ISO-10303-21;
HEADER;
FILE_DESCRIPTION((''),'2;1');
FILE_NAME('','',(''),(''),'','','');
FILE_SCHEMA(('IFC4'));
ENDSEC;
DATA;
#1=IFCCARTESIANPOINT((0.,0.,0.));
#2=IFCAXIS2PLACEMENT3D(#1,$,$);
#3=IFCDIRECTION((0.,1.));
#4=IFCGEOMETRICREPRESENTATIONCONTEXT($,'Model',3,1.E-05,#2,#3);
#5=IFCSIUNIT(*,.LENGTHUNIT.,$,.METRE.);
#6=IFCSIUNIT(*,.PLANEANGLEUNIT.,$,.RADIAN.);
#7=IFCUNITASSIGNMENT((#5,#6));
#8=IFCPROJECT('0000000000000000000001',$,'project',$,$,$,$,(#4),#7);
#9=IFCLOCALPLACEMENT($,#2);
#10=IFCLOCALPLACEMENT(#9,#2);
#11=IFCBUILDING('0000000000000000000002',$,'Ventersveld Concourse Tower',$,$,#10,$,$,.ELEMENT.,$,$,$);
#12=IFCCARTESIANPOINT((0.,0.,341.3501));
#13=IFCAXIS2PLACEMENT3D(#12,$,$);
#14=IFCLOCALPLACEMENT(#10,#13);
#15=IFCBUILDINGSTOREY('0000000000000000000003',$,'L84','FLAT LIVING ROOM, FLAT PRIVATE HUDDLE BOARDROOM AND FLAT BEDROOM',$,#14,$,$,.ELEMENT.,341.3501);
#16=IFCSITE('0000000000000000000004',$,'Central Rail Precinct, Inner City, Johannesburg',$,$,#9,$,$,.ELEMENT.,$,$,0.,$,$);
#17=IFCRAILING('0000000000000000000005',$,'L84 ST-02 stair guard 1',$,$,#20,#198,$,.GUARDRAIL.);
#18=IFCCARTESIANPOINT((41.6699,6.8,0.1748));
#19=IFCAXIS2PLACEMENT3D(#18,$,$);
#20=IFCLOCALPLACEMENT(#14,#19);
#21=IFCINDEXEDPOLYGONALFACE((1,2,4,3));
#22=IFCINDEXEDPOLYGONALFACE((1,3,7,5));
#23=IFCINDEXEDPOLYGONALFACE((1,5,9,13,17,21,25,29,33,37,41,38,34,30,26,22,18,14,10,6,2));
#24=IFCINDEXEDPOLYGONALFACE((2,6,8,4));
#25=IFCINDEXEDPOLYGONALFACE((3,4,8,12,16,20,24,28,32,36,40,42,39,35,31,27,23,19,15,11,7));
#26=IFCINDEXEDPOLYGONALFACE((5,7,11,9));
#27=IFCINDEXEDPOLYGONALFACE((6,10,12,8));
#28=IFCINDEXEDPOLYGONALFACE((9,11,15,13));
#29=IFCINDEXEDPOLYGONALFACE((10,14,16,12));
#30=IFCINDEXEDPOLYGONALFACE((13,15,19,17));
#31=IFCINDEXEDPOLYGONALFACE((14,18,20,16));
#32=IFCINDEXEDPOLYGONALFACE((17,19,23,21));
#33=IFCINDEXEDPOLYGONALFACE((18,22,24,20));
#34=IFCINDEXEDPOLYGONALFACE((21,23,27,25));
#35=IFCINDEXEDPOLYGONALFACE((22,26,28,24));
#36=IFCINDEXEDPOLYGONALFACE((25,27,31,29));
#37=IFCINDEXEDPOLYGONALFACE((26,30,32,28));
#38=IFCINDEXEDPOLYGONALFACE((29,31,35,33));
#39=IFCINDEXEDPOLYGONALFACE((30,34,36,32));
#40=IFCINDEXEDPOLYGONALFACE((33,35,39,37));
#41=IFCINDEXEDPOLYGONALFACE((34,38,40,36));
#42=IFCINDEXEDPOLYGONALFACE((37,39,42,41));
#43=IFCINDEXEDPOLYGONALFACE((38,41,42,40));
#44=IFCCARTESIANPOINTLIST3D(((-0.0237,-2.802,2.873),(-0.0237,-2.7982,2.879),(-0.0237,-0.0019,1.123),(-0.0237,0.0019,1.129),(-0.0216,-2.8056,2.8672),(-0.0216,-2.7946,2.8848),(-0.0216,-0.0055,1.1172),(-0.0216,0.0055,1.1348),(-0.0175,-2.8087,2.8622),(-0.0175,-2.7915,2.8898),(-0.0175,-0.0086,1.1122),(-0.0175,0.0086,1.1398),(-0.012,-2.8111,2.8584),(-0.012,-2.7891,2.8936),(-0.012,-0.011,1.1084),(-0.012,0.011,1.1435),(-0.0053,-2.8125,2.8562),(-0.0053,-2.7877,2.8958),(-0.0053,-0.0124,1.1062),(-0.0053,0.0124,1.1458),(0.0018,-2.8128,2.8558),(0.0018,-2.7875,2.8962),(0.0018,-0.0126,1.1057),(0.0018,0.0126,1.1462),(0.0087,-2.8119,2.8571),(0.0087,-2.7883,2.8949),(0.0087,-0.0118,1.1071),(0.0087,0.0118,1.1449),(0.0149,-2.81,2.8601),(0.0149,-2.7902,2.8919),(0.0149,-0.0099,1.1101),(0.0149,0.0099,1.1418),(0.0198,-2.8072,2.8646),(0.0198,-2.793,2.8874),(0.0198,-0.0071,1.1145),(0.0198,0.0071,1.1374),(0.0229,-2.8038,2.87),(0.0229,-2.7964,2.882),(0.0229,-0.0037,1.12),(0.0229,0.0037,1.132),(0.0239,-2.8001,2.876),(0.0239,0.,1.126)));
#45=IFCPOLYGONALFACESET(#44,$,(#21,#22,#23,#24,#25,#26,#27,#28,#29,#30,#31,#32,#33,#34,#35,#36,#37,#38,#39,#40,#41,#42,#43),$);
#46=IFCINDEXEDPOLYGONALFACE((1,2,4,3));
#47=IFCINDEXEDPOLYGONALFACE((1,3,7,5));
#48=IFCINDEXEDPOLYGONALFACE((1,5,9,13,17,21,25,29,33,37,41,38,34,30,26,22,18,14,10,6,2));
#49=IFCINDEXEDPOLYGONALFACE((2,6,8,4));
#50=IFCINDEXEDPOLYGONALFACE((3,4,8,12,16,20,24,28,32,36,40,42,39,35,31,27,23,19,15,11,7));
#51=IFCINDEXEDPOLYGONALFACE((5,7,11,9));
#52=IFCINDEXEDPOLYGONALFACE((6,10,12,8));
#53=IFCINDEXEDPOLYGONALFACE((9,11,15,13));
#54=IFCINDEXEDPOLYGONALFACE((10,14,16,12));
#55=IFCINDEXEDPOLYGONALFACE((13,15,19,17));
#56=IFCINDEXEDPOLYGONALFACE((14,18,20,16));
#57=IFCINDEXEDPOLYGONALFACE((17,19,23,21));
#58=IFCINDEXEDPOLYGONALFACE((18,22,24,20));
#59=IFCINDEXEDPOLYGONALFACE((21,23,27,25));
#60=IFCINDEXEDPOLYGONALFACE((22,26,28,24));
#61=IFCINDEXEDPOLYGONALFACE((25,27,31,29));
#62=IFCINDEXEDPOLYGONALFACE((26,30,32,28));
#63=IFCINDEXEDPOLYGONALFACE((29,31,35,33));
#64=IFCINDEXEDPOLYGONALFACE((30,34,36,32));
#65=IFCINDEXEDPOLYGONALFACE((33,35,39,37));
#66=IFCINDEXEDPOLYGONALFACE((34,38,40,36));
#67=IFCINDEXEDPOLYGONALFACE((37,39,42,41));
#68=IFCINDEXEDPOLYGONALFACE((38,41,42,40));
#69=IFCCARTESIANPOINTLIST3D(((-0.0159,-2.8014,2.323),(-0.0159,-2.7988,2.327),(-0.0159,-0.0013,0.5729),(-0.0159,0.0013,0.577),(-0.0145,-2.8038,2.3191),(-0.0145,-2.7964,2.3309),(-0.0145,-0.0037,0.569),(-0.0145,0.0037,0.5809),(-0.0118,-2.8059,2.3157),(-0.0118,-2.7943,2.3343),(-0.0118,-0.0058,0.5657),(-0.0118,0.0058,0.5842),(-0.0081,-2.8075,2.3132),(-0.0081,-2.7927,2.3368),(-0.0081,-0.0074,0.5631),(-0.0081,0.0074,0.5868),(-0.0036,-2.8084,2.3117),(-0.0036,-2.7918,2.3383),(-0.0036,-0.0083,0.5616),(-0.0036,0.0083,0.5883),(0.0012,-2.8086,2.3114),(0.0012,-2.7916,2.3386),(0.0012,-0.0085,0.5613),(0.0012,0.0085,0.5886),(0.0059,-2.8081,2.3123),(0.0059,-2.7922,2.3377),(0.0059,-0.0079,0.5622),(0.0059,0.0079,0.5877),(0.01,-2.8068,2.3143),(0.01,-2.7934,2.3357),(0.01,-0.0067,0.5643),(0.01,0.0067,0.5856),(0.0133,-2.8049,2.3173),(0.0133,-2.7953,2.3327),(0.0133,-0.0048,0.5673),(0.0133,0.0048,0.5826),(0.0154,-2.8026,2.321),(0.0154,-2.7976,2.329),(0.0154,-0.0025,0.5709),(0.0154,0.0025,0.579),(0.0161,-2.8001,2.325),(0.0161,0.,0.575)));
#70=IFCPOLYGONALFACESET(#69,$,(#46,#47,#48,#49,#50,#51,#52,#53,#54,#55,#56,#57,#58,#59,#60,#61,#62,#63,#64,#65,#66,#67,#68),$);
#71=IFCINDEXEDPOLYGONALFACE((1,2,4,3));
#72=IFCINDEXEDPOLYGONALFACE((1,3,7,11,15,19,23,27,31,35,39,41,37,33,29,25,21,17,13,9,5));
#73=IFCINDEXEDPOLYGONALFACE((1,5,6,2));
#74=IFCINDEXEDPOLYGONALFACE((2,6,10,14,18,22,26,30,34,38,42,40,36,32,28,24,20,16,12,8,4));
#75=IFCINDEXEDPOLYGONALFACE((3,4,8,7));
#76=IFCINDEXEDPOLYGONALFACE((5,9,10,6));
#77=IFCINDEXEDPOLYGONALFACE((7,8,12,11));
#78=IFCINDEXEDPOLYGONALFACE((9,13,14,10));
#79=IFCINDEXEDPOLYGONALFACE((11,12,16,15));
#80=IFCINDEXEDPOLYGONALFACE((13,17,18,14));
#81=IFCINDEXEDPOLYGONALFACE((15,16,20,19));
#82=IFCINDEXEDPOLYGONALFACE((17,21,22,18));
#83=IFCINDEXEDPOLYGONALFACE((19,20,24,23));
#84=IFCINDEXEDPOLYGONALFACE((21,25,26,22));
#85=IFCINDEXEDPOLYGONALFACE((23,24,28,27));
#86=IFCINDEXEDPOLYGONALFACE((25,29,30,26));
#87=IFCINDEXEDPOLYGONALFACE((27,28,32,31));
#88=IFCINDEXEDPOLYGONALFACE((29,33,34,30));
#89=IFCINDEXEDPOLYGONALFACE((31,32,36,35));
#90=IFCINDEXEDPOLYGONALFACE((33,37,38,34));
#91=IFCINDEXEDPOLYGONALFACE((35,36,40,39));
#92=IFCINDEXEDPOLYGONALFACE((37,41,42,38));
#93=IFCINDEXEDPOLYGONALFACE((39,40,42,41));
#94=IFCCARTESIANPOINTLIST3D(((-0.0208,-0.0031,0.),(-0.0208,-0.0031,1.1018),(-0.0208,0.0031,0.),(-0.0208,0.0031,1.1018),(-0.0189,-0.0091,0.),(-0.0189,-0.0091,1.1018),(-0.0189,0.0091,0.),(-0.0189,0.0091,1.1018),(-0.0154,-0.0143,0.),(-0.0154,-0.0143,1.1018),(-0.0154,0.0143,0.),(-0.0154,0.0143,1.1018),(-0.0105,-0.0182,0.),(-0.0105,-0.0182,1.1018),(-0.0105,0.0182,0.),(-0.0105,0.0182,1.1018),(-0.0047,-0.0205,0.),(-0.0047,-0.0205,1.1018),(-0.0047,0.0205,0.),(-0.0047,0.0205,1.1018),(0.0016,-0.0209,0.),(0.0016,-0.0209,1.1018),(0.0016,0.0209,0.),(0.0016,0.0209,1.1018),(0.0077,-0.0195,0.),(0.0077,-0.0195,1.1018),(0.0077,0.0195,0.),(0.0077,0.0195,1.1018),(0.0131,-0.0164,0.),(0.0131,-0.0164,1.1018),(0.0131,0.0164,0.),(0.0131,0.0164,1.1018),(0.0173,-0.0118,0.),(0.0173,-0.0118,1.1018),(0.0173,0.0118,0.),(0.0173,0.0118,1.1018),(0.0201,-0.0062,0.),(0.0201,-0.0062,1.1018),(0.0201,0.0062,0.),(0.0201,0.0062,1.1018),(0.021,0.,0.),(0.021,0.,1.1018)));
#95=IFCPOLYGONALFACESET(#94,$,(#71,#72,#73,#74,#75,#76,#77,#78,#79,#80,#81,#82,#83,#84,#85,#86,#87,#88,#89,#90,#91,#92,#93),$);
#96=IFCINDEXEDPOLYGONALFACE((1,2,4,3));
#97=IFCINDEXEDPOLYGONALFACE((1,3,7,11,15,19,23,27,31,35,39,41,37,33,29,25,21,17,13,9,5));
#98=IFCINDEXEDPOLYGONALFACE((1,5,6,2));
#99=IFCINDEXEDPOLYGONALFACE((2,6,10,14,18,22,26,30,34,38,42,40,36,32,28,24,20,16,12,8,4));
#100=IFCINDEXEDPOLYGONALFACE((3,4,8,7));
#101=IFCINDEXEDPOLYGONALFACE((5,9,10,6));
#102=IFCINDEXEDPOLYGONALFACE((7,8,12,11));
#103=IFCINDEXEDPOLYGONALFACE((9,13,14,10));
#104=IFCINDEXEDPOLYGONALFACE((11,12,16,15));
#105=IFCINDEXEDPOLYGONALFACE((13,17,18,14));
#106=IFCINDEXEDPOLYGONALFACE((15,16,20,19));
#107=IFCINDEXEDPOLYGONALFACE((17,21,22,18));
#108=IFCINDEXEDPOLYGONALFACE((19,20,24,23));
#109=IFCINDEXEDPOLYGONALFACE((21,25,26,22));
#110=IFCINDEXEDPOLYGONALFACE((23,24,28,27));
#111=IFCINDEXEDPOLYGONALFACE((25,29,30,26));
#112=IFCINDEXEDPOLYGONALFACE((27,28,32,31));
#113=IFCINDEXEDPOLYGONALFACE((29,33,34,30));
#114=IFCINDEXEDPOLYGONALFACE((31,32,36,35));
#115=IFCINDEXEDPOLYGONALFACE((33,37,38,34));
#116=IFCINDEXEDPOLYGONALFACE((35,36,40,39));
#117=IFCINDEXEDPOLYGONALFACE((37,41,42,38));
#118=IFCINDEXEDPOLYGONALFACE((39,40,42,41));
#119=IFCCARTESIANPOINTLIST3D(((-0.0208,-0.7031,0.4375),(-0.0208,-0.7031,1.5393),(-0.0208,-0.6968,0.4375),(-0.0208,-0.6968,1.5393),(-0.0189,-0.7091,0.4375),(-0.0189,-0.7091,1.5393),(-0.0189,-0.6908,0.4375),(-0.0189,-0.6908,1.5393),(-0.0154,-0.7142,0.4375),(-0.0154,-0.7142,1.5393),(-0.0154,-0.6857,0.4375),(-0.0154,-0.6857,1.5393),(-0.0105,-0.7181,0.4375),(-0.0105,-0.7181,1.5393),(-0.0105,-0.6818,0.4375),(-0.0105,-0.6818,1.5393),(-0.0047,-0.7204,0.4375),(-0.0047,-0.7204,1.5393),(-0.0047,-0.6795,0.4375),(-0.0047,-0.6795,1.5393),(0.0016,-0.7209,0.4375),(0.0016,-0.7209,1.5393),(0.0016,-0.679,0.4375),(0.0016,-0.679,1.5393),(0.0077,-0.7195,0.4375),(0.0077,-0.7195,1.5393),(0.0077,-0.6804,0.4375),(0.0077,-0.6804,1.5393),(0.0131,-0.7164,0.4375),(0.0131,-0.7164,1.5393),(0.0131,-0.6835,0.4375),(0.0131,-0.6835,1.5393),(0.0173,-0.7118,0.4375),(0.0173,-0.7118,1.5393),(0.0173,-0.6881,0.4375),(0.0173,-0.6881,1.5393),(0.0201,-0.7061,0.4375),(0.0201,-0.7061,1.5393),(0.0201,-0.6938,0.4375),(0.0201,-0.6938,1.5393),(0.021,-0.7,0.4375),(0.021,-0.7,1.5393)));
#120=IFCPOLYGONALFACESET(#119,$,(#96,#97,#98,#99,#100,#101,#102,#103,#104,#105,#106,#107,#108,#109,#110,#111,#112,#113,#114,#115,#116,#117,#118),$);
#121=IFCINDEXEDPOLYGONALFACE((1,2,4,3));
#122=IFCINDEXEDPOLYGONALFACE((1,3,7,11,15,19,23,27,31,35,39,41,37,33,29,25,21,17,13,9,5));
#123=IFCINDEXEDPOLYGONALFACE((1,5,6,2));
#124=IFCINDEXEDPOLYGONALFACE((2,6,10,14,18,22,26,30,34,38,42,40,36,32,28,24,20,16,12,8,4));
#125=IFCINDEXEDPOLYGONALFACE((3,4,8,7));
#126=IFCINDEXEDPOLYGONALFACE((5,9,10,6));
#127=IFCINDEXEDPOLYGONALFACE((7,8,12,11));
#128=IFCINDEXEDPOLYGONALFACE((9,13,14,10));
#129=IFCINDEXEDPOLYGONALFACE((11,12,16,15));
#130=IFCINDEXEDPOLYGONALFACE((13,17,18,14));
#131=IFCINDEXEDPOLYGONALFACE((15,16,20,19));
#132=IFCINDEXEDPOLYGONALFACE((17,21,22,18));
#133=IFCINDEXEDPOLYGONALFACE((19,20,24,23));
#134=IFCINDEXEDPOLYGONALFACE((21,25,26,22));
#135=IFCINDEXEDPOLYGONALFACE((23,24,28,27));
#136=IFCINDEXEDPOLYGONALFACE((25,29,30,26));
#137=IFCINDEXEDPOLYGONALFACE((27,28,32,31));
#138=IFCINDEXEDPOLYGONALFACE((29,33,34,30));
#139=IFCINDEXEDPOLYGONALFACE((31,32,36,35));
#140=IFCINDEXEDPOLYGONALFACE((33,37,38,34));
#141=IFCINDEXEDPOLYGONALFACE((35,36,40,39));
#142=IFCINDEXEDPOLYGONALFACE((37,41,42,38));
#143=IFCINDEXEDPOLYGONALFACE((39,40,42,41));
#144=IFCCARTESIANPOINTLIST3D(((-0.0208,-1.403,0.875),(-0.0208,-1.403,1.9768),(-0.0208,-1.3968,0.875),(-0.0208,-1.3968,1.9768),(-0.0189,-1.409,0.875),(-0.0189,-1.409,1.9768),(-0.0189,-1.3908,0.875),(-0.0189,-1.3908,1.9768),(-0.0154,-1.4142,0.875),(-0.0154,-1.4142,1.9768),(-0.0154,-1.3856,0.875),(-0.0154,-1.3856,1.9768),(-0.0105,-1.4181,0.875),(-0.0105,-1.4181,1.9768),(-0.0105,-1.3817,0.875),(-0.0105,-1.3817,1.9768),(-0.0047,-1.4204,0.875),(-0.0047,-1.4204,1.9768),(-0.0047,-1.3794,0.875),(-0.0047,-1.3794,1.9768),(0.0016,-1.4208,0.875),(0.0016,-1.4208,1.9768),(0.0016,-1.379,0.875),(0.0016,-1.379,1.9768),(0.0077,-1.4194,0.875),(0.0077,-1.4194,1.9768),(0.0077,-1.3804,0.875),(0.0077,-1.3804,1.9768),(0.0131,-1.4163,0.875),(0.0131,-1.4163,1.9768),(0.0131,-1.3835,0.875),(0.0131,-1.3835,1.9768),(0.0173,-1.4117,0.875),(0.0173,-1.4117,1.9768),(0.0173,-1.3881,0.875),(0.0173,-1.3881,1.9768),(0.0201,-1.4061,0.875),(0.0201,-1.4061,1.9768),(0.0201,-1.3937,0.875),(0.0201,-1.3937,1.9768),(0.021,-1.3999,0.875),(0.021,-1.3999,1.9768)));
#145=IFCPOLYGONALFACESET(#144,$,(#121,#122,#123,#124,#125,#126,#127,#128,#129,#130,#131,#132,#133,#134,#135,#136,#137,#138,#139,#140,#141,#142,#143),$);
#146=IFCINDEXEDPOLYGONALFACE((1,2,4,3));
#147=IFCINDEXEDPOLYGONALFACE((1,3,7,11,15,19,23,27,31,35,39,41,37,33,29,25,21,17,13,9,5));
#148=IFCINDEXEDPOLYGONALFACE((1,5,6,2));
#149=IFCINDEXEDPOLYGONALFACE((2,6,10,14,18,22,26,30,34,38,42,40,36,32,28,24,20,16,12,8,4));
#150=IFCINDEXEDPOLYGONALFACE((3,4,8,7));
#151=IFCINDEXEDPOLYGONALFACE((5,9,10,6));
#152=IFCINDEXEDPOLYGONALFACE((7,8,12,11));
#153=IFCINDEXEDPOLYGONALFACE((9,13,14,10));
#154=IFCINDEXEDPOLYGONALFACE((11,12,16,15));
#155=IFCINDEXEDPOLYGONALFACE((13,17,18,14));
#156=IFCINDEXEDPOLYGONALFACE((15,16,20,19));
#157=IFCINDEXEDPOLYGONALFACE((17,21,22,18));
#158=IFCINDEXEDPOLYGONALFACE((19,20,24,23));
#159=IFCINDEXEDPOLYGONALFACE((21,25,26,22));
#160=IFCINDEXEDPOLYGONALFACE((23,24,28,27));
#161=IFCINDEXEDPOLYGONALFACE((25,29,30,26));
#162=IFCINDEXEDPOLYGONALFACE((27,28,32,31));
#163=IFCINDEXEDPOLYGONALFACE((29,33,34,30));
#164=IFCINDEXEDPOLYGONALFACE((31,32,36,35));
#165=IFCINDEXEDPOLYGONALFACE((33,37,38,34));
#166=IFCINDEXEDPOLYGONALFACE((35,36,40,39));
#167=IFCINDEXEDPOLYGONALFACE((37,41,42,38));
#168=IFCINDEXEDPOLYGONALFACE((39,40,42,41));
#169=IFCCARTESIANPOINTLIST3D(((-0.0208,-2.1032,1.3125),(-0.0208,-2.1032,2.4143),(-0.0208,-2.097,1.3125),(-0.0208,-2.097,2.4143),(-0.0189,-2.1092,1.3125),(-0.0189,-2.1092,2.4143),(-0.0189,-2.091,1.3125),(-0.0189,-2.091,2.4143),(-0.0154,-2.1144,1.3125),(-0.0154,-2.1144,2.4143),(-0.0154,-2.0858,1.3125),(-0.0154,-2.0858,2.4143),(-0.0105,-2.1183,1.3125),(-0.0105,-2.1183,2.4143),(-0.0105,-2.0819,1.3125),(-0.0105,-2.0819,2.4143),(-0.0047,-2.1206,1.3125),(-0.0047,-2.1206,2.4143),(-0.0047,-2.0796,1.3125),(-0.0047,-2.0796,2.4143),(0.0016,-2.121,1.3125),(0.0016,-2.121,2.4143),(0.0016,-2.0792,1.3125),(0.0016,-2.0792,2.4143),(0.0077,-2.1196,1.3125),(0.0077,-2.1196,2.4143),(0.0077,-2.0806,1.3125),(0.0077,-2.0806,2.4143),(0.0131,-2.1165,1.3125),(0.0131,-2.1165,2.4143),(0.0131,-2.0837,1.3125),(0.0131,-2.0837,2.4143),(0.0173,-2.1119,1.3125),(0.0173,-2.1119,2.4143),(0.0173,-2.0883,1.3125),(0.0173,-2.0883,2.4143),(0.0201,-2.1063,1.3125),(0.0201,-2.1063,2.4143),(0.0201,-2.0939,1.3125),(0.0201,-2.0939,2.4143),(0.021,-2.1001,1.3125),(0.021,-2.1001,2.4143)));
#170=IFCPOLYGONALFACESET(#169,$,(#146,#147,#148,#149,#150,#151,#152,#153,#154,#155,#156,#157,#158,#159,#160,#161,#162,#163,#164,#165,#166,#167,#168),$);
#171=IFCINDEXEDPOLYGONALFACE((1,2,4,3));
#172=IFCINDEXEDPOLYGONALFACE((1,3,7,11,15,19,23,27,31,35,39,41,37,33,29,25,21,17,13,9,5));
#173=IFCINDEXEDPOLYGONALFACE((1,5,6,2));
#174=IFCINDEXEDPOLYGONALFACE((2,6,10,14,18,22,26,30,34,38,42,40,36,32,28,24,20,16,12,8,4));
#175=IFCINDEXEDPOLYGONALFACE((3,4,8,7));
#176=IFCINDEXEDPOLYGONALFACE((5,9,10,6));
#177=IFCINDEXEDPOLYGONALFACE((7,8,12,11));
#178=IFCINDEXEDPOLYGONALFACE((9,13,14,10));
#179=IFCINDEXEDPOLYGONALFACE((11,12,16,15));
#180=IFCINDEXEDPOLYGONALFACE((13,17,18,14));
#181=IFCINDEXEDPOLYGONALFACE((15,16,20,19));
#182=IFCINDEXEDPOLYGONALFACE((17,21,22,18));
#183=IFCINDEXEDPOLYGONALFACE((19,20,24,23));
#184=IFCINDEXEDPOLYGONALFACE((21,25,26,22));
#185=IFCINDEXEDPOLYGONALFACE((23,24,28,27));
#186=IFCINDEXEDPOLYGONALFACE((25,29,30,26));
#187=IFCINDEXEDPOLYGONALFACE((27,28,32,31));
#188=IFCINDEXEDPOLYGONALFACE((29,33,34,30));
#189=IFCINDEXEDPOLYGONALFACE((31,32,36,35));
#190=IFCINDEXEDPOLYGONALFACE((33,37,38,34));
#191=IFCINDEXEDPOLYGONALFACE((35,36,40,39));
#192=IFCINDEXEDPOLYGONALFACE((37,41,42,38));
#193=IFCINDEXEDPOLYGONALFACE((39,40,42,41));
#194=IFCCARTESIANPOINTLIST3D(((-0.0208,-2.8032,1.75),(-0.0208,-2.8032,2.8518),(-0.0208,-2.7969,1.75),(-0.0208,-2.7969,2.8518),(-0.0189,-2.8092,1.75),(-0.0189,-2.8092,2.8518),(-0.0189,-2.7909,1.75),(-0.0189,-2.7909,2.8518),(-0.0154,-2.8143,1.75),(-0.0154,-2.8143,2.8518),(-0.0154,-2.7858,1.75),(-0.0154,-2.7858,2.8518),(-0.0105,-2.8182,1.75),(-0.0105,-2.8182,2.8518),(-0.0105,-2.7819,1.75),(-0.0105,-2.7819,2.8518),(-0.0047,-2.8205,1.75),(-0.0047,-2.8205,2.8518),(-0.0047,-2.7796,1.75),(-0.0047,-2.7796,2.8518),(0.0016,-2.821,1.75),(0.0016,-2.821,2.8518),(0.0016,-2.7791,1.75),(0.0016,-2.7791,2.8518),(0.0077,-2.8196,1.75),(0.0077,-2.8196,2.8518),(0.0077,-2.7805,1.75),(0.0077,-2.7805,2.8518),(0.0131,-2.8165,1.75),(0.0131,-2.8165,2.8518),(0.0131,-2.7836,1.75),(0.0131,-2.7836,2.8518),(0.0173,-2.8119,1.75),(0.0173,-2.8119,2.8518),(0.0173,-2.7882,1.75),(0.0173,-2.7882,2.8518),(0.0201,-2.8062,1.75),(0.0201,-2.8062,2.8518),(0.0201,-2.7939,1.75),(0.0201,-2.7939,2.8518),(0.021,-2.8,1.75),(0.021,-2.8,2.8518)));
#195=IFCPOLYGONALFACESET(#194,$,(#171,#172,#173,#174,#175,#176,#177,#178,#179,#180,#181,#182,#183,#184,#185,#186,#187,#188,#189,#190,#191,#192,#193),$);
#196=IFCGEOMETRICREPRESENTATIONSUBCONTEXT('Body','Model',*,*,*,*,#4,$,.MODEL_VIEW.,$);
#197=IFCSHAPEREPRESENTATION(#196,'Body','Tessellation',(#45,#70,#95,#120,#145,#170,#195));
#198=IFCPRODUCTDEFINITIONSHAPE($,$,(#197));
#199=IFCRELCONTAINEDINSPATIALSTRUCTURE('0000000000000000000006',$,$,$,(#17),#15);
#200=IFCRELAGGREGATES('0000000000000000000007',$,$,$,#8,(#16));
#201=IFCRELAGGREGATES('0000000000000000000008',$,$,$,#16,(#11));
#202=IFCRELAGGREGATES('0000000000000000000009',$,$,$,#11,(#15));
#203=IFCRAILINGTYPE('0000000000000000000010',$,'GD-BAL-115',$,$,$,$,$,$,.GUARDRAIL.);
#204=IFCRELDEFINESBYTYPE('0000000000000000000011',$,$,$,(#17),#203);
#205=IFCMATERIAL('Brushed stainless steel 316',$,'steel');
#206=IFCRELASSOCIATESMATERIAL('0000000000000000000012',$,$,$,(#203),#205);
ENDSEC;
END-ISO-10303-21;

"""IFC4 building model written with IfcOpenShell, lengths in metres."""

from ifc_helpers import new_model, si_unit, direction, frame, origin, origin_2d, place, context, subcontext, project, spatial, circle, extrude, material, type_object, element, save


model = new_model("IFC4")

# Units and contexts
model_context = context("Model", 3, precision=1e-05, world=origin(), true_north=direction((0.0, 1.0)))
body_context = subcontext(model_context, "Body", "Model", "MODEL_VIEW")
ifc_project = project(units=[si_unit("LENGTHUNIT", "METRE"), si_unit("PLANEANGLEUNIT", "RADIAN")], contexts=[model_context])

# Site, building, storey
site_placement = place(None, origin())
site = spatial("IfcSite", under=ifc_project, at=site_placement, Name="Central Rail Precinct, Inner City, Johannesburg", CompositionType="ELEMENT", RefElevation=0.0)
building_placement = place(site_placement, origin())
building = spatial("IfcBuilding", under=site, at=building_placement, Name="Ventersveld Concourse Tower", CompositionType="ELEMENT")
storey_placement = place(building_placement, frame((0.0, 0.0, 341.3501)))
storey = spatial("IfcBuildingStorey", under=building, at=storey_placement, Name="L84", Description="FLAT LIVING ROOM, FLAT PRIVATE HUDDLE BOARDROOM AND FLAT BEDROOM", CompositionType="ELEMENT", Elevation=341.3501)

# Shared definitions
ifc_material_1 = material(Name="Brushed stainless steel 316", Category="steel")

# Railing
railing_type_1 = type_object("IfcRailingType", Name="GD-BAL-115", PredefinedType="GUARDRAIL", material=ifc_material_1)
railing_1_placement = place(storey_placement, frame((41.6699, 6.8, 0.1748)))
element("IfcRailing", 1, at=railing_1_placement, inside=storey, type_object=railing_type_1, Name="L84 ST-02 stair guard 1", PredefinedType="GUARDRAIL", context=body_context, shape_type="SweptSolid", body=[
    extrude(circle(Radius=0.0239, at=origin_2d()), frame((0.0, 0.0, 1.126), z_axis=(0.0, -0.848002, 0.529992), x_axis=(1.0, 0.0, 0.0)), (0.0, 0.0, 1.0), 3.302),
    extrude(circle(Radius=0.0161, at=origin_2d()), frame((0.0, 0.0, 0.575), z_axis=(0.0, -0.848002, 0.529992), x_axis=(1.0, 0.0, 0.0)), (0.0, 0.0, 1.0), 3.302),
    extrude(circle(Radius=0.021, at=origin_2d()), origin(), (0.0, 0.0, 1.0), 1.1018),
    extrude(circle(Radius=0.021, at=origin_2d()), frame((0.0, -0.7, 0.4375)), (0.0, 0.0, 1.0), 1.1018),
    extrude(circle(Radius=0.021, at=origin_2d()), frame((0.0, -1.3999, 0.875)), (0.0, 0.0, 1.0), 1.1018),
    extrude(circle(Radius=0.021, at=origin_2d()), frame((0.0, -2.1001, 1.3125)), (0.0, 0.0, 1.0), 1.1018),
    extrude(circle(Radius=0.021, at=origin_2d()), frame((0.0, -2.8, 1.75)), (0.0, 0.0, 1.0), 1.1018),
])

save(model, "model.ifc")
